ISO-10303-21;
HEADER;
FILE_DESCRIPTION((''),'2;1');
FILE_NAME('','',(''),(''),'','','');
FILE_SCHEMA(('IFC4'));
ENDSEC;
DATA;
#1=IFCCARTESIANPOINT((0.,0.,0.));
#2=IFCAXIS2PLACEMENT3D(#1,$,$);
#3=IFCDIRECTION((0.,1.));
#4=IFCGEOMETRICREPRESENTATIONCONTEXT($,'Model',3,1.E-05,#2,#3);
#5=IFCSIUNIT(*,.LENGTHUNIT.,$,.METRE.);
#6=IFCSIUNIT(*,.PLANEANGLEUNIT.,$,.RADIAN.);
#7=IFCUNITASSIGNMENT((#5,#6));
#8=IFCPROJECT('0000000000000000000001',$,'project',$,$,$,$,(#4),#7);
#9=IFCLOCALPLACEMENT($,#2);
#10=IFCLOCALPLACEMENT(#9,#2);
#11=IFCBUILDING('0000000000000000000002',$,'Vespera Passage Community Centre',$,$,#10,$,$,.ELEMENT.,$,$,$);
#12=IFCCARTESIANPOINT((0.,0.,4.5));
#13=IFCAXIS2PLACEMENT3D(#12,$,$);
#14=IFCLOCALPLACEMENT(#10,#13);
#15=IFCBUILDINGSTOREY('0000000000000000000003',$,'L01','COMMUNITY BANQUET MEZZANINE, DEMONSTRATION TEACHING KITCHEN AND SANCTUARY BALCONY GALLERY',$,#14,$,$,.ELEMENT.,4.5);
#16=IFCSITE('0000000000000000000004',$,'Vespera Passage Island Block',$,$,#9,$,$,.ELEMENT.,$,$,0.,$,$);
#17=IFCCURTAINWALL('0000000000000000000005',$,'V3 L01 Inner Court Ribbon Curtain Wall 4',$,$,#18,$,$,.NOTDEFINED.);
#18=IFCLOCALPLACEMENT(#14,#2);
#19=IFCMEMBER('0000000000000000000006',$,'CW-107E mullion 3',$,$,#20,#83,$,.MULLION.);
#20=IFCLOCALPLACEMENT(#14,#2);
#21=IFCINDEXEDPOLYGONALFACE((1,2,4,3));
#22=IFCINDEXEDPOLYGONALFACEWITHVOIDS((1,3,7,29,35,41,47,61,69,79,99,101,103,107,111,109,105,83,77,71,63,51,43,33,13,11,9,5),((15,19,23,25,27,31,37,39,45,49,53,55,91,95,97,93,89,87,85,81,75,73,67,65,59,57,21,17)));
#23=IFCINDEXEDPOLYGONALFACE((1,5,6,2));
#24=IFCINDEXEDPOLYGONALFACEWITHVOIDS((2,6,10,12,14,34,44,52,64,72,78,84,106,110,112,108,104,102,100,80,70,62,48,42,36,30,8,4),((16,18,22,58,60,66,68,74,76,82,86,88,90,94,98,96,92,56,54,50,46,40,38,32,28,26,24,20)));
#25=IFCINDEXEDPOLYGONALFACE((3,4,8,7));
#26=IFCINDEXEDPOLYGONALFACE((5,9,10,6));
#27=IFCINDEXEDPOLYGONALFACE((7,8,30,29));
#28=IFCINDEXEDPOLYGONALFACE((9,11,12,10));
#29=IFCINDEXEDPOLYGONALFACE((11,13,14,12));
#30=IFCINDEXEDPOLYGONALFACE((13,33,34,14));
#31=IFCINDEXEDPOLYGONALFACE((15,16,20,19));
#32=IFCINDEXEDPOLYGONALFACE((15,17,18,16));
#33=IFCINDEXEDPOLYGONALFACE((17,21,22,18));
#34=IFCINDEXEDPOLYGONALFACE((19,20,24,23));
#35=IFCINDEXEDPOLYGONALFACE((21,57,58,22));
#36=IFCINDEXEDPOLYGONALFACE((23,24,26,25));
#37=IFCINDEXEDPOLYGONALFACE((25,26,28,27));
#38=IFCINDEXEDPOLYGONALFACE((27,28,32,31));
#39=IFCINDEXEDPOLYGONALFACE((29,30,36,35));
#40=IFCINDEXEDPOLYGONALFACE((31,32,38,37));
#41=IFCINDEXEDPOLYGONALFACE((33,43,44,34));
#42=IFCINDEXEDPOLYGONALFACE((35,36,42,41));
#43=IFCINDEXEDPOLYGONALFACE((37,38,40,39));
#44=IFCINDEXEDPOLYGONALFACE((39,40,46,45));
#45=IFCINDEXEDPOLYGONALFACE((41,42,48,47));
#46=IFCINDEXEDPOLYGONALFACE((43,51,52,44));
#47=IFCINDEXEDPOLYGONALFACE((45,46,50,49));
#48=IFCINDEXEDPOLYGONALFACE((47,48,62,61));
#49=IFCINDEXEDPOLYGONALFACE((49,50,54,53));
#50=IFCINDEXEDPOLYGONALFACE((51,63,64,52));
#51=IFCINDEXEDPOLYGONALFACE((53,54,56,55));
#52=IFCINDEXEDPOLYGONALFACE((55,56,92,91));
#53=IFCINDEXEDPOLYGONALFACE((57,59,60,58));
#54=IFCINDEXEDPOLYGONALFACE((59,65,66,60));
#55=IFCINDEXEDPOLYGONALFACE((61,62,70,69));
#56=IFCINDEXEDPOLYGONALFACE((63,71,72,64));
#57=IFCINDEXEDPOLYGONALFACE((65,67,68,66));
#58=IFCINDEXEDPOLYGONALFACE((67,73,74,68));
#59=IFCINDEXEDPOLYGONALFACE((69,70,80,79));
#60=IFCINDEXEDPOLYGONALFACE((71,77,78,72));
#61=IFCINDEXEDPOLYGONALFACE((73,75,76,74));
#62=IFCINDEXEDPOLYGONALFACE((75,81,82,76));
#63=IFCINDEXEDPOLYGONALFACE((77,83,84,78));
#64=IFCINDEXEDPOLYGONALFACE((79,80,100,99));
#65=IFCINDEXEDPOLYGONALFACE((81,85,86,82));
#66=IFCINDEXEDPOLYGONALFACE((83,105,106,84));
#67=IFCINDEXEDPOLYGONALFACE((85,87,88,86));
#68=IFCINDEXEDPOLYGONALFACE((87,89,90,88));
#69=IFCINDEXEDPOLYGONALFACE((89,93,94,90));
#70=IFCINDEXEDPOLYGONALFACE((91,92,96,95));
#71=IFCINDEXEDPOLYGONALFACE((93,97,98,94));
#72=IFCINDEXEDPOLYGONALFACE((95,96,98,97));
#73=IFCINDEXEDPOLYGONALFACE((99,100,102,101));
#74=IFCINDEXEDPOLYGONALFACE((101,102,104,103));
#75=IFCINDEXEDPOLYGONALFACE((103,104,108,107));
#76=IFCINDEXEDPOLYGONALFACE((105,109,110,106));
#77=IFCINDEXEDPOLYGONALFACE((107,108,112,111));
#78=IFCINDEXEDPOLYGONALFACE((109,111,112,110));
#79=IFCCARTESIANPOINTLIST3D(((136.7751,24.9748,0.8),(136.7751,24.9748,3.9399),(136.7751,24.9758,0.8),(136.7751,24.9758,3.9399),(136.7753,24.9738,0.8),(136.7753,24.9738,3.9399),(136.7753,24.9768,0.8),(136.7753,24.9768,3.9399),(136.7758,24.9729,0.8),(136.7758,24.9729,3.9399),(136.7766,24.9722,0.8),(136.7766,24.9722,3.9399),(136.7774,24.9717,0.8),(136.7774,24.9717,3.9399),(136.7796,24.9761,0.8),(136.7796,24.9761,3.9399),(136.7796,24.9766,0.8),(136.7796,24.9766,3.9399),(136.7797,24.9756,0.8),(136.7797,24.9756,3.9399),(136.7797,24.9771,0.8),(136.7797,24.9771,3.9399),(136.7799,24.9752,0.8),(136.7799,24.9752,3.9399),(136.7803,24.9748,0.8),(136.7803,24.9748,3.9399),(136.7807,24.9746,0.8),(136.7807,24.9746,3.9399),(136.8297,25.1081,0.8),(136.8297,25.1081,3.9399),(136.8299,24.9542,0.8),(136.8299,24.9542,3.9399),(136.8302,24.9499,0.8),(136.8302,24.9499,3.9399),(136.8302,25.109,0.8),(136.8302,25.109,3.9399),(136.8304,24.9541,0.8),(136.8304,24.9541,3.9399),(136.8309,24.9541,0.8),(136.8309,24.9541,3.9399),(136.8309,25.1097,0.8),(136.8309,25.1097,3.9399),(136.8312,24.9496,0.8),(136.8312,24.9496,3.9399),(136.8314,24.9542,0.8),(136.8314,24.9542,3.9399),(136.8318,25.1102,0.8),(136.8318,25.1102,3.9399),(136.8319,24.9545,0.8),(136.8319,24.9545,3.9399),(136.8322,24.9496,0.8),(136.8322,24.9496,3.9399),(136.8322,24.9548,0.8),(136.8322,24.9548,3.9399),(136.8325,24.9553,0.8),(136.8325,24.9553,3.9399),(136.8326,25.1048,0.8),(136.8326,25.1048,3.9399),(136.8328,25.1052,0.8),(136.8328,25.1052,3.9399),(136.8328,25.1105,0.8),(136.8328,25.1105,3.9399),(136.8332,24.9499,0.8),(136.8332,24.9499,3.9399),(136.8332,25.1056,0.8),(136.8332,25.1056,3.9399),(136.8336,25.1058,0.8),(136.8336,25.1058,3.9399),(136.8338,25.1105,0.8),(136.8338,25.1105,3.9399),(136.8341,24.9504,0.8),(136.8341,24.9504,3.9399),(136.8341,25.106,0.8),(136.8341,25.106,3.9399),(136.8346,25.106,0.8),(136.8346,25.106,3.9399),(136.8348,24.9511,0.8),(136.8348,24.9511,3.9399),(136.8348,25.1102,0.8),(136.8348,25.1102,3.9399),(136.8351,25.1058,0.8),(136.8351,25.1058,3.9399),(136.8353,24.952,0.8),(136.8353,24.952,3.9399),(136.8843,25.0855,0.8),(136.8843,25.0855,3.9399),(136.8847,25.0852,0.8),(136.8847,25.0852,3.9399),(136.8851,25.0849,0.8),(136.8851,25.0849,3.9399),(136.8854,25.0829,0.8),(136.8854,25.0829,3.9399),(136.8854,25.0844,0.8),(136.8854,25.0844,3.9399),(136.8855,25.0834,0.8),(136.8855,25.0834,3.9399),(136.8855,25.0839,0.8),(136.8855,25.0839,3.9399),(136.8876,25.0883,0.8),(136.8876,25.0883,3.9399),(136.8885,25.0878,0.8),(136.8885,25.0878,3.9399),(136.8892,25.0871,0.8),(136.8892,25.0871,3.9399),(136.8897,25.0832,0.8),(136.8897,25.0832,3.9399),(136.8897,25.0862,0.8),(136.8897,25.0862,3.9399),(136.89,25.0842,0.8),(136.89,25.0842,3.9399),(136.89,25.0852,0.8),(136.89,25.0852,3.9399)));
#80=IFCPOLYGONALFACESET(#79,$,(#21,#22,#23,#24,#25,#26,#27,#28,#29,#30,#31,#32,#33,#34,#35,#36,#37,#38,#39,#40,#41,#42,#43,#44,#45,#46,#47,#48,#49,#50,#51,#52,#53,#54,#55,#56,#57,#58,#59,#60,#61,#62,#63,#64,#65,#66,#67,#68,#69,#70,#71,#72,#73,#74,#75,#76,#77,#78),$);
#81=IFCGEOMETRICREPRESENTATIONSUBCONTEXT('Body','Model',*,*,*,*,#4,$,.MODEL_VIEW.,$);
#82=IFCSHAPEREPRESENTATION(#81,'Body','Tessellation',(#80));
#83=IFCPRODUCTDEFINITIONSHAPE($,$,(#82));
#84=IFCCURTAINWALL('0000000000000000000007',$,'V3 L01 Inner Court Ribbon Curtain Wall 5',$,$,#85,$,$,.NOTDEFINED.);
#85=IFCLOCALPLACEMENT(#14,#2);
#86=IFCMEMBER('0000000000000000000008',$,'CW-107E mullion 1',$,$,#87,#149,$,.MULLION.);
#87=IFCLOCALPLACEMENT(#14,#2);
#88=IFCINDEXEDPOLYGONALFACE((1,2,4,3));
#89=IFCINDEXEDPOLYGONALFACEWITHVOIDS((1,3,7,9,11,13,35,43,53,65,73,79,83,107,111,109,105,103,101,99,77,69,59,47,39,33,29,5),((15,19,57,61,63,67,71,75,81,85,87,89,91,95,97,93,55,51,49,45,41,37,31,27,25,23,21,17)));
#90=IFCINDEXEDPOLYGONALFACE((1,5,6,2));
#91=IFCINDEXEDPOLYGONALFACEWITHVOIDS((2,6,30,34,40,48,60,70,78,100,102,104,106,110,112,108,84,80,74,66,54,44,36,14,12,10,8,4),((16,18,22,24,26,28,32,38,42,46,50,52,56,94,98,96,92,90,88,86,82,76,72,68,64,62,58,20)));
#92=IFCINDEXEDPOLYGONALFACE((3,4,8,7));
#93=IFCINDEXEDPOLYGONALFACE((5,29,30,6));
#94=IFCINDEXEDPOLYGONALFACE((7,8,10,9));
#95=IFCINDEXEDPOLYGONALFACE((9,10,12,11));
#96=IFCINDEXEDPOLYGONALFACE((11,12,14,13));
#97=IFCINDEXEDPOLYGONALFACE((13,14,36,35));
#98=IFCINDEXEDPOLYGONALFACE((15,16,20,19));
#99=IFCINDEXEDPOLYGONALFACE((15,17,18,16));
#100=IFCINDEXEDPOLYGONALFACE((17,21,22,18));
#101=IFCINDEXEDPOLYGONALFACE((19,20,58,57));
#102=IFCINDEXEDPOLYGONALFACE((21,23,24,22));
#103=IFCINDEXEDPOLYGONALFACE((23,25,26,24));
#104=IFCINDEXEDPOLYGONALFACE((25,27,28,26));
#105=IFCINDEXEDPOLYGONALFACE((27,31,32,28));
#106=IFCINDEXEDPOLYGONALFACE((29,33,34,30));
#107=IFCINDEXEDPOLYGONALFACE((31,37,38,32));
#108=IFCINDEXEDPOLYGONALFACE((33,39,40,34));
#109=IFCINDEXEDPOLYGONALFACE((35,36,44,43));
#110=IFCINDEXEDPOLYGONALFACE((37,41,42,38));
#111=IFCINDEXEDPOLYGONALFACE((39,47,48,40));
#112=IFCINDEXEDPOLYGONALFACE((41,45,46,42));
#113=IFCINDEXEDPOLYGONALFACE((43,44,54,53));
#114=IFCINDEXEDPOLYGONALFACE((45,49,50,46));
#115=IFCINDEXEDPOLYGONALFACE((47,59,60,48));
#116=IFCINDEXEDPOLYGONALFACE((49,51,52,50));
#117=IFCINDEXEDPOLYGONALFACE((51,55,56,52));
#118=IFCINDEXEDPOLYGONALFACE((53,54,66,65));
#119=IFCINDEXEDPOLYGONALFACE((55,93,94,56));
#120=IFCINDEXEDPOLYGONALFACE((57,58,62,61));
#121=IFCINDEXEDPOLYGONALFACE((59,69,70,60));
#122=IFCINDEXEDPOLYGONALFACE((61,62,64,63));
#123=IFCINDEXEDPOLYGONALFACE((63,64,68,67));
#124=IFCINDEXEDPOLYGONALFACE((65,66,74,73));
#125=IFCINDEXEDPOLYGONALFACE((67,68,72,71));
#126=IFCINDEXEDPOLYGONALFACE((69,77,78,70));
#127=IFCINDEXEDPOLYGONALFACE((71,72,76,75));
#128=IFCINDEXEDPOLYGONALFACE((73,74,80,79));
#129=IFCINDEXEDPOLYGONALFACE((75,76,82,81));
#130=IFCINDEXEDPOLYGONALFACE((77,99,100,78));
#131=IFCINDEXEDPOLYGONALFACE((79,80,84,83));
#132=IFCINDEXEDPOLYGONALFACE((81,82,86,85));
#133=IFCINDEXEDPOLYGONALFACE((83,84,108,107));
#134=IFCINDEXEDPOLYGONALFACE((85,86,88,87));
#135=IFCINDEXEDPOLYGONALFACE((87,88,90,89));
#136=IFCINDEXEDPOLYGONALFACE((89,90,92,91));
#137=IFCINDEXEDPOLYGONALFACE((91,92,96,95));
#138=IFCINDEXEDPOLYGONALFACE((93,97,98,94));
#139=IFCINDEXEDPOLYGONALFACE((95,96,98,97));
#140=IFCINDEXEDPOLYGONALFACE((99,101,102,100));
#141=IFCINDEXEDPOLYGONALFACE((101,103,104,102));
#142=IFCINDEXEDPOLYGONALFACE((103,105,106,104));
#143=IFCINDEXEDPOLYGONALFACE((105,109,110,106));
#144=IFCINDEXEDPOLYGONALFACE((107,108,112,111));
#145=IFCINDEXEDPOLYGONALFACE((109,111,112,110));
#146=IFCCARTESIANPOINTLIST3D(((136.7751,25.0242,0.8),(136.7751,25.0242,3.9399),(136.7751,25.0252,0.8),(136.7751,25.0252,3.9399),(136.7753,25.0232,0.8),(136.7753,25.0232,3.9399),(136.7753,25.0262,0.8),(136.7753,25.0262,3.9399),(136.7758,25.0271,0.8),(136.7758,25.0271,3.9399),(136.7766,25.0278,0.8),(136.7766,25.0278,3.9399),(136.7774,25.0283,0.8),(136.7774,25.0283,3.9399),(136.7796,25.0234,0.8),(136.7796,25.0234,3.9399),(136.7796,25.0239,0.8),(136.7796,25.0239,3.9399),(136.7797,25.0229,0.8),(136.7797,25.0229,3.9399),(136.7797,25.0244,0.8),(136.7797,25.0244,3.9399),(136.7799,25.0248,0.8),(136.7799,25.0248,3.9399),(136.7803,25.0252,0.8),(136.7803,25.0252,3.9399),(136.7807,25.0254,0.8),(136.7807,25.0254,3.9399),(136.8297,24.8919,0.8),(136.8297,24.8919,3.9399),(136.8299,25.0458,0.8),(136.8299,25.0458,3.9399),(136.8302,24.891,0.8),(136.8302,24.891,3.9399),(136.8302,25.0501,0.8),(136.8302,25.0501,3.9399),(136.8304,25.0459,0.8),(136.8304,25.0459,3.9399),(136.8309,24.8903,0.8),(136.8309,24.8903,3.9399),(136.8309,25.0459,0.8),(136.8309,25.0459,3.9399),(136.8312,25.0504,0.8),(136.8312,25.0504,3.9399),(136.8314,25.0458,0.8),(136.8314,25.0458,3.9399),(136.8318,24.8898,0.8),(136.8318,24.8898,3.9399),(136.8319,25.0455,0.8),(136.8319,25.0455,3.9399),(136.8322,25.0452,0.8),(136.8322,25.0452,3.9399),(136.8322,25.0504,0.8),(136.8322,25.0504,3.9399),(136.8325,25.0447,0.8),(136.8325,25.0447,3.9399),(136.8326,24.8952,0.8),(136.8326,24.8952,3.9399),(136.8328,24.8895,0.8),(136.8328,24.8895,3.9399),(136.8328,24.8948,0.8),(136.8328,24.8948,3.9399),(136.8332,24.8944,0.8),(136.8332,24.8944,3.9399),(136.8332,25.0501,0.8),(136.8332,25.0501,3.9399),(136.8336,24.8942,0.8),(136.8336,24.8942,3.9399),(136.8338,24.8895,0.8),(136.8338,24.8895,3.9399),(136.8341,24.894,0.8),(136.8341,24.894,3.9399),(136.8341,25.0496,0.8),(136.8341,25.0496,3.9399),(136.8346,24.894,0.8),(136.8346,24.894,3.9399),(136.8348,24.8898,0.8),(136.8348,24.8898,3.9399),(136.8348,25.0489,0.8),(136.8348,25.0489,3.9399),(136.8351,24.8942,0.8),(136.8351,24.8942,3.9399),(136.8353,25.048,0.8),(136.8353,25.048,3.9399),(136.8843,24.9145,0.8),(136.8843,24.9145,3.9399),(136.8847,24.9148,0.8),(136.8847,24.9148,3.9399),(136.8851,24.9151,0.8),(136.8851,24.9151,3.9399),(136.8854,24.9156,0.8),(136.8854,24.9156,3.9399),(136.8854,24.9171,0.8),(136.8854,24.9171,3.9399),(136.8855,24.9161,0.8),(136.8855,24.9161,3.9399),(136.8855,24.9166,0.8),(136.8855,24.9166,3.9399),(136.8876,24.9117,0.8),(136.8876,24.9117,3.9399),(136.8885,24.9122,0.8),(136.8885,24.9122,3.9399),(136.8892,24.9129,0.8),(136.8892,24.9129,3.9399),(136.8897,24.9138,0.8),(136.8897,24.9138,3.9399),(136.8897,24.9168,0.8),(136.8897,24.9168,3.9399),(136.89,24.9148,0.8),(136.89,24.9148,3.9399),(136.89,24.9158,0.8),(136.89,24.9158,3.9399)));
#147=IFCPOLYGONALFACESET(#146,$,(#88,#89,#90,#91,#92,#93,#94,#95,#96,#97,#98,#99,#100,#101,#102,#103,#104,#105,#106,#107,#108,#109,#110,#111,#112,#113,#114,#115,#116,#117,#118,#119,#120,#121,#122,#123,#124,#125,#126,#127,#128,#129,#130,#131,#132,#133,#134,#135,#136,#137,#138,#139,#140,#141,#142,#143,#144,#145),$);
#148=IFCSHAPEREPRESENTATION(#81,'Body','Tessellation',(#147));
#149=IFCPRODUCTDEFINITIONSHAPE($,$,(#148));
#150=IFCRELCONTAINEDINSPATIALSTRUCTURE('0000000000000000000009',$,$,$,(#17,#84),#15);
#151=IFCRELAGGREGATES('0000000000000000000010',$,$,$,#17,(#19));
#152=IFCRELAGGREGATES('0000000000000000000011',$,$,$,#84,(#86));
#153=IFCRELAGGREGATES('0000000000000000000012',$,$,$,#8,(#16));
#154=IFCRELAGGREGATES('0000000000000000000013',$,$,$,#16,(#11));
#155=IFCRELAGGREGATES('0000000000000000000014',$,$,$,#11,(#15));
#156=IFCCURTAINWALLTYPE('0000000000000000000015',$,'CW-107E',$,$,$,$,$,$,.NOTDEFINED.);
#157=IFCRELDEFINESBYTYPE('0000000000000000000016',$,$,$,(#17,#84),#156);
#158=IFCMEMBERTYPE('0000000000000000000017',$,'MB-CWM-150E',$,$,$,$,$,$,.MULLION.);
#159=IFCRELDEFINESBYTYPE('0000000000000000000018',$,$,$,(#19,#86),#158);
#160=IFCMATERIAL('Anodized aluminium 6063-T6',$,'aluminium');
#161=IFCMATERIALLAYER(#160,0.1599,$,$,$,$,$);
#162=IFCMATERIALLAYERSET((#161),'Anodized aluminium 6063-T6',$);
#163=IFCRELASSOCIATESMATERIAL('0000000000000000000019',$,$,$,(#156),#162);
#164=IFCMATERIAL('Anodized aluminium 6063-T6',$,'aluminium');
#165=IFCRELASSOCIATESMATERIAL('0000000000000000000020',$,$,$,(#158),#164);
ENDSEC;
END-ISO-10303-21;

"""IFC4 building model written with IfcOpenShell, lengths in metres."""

from ifc_helpers import new_model, si_unit, direction, frame, origin, origin_2d, place, context, subcontext, project, spatial, hollow_rectangle, extrude, material, layer, layer_set, material_profile, profile_set, type_object, element, aggregate, save


model = new_model("IFC4")

# Units and contexts
model_context = context("Model", 3, precision=1e-05, world=origin(), true_north=direction((0.0, 1.0)))
body_context = subcontext(model_context, "Body", "Model", "MODEL_VIEW")
ifc_project = project(units=[si_unit("LENGTHUNIT", "METRE"), si_unit("PLANEANGLEUNIT", "RADIAN")], contexts=[model_context])

# Site, building, storey
site_placement = place(None, origin())
site = spatial("IfcSite", under=ifc_project, at=site_placement, Name="Vespera Passage Island Block", CompositionType="ELEMENT", RefElevation=0.0)
building_placement = place(site_placement, origin())
building = spatial("IfcBuilding", under=site, at=building_placement, Name="Vespera Passage Community Centre", CompositionType="ELEMENT")
storey_placement = place(building_placement, frame((0.0, 0.0, 4.5)))
storey = spatial("IfcBuildingStorey", under=building, at=storey_placement, Name="L01", Description="COMMUNITY BANQUET MEZZANINE, DEMONSTRATION TEACHING KITCHEN AND SANCTUARY BALCONY GALLERY", CompositionType="ELEMENT", Elevation=4.5)

# Curtain walls, members
ifc_material_1 = material(Name="Anodized aluminium 6063-T6", Category="aluminium")
ifc_layer_1 = layer(ifc_material_1, 0.1599)
ifc_layer_set_1 = layer_set([ifc_layer_1], Name="Anodized aluminium 6063-T6")
curtain_wall_type = type_object("IfcCurtainWallType", Name="CW-107E", PredefinedType="NOTDEFINED", material=ifc_layer_set_1)
curtain_wall_1_placement = place(storey_placement, origin())
curtain_wall_1 = element("IfcCurtainWall", 1, at=curtain_wall_1_placement, inside=storey, type_object=curtain_wall_type, Name="V3 L01 Inner Court Ribbon Curtain Wall 4", PredefinedType="NOTDEFINED")
ifc_material_2 = material(Name="Anodized aluminium 6063-T6", Category="aluminium")
ifc_material_profile_1 = material_profile(ifc_material_2, hollow_rectangle(XDim=0.0649, YDim=0.1499, WallThickness=0.0039, InnerFilletRadius=0.002, OuterFilletRadius=0.0039, at=origin_2d()), Name="ALU150X65X4")
ifc_profile_set_1 = profile_set([ifc_material_profile_1], Name="Anodized aluminium 6063-T6")
member_type_1 = type_object("IfcMemberType", Name="MB-CWM-150E", PredefinedType="MULLION", material=ifc_profile_set_1)
member_1_placement = place(storey_placement, frame((136.8325, 25.03, 0.8), z_axis=(0.0, 0.0, 1.0), x_axis=(0.923879, -0.382686, 0.0)))
member_1 = element("IfcMember", 2, at=member_1_placement, type_object=member_type_1, Name="CW-107E mullion 3", PredefinedType="MULLION", context=body_context, shape_type="SweptSolid", body=[
    extrude(hollow_rectangle(XDim=0.0649, YDim=0.1499, WallThickness=0.0039, InnerFilletRadius=0.002, OuterFilletRadius=0.0039, at=origin_2d()), origin(), (0.0, 0.0, 1.0), 3.1399),
])
curtain_wall_2_placement = place(storey_placement, origin())
curtain_wall_2 = element("IfcCurtainWall", 3, at=curtain_wall_2_placement, inside=storey, type_object=curtain_wall_type, Name="V3 L01 Inner Court Ribbon Curtain Wall 5", PredefinedType="NOTDEFINED")
member_2_placement = place(storey_placement, frame((136.8325, 24.97, 0.8), z_axis=(0.0, 0.0, 1.0), x_axis=(0.923879, 0.382686, 0.0)))
member_2 = element("IfcMember", 4, at=member_2_placement, type_object=member_type_1, Name="CW-107E mullion 1", PredefinedType="MULLION", context=body_context, shape_type="SweptSolid", body=[
    extrude(hollow_rectangle(XDim=0.0649, YDim=0.1499, WallThickness=0.0039, InnerFilletRadius=0.002, OuterFilletRadius=0.0039, at=origin_2d()), origin(), (0.0, 0.0, 1.0), 3.1399),
])

aggregate(curtain_wall_1, [member_1])
aggregate(curtain_wall_2, [member_2])

save(model, "model.ifc")
